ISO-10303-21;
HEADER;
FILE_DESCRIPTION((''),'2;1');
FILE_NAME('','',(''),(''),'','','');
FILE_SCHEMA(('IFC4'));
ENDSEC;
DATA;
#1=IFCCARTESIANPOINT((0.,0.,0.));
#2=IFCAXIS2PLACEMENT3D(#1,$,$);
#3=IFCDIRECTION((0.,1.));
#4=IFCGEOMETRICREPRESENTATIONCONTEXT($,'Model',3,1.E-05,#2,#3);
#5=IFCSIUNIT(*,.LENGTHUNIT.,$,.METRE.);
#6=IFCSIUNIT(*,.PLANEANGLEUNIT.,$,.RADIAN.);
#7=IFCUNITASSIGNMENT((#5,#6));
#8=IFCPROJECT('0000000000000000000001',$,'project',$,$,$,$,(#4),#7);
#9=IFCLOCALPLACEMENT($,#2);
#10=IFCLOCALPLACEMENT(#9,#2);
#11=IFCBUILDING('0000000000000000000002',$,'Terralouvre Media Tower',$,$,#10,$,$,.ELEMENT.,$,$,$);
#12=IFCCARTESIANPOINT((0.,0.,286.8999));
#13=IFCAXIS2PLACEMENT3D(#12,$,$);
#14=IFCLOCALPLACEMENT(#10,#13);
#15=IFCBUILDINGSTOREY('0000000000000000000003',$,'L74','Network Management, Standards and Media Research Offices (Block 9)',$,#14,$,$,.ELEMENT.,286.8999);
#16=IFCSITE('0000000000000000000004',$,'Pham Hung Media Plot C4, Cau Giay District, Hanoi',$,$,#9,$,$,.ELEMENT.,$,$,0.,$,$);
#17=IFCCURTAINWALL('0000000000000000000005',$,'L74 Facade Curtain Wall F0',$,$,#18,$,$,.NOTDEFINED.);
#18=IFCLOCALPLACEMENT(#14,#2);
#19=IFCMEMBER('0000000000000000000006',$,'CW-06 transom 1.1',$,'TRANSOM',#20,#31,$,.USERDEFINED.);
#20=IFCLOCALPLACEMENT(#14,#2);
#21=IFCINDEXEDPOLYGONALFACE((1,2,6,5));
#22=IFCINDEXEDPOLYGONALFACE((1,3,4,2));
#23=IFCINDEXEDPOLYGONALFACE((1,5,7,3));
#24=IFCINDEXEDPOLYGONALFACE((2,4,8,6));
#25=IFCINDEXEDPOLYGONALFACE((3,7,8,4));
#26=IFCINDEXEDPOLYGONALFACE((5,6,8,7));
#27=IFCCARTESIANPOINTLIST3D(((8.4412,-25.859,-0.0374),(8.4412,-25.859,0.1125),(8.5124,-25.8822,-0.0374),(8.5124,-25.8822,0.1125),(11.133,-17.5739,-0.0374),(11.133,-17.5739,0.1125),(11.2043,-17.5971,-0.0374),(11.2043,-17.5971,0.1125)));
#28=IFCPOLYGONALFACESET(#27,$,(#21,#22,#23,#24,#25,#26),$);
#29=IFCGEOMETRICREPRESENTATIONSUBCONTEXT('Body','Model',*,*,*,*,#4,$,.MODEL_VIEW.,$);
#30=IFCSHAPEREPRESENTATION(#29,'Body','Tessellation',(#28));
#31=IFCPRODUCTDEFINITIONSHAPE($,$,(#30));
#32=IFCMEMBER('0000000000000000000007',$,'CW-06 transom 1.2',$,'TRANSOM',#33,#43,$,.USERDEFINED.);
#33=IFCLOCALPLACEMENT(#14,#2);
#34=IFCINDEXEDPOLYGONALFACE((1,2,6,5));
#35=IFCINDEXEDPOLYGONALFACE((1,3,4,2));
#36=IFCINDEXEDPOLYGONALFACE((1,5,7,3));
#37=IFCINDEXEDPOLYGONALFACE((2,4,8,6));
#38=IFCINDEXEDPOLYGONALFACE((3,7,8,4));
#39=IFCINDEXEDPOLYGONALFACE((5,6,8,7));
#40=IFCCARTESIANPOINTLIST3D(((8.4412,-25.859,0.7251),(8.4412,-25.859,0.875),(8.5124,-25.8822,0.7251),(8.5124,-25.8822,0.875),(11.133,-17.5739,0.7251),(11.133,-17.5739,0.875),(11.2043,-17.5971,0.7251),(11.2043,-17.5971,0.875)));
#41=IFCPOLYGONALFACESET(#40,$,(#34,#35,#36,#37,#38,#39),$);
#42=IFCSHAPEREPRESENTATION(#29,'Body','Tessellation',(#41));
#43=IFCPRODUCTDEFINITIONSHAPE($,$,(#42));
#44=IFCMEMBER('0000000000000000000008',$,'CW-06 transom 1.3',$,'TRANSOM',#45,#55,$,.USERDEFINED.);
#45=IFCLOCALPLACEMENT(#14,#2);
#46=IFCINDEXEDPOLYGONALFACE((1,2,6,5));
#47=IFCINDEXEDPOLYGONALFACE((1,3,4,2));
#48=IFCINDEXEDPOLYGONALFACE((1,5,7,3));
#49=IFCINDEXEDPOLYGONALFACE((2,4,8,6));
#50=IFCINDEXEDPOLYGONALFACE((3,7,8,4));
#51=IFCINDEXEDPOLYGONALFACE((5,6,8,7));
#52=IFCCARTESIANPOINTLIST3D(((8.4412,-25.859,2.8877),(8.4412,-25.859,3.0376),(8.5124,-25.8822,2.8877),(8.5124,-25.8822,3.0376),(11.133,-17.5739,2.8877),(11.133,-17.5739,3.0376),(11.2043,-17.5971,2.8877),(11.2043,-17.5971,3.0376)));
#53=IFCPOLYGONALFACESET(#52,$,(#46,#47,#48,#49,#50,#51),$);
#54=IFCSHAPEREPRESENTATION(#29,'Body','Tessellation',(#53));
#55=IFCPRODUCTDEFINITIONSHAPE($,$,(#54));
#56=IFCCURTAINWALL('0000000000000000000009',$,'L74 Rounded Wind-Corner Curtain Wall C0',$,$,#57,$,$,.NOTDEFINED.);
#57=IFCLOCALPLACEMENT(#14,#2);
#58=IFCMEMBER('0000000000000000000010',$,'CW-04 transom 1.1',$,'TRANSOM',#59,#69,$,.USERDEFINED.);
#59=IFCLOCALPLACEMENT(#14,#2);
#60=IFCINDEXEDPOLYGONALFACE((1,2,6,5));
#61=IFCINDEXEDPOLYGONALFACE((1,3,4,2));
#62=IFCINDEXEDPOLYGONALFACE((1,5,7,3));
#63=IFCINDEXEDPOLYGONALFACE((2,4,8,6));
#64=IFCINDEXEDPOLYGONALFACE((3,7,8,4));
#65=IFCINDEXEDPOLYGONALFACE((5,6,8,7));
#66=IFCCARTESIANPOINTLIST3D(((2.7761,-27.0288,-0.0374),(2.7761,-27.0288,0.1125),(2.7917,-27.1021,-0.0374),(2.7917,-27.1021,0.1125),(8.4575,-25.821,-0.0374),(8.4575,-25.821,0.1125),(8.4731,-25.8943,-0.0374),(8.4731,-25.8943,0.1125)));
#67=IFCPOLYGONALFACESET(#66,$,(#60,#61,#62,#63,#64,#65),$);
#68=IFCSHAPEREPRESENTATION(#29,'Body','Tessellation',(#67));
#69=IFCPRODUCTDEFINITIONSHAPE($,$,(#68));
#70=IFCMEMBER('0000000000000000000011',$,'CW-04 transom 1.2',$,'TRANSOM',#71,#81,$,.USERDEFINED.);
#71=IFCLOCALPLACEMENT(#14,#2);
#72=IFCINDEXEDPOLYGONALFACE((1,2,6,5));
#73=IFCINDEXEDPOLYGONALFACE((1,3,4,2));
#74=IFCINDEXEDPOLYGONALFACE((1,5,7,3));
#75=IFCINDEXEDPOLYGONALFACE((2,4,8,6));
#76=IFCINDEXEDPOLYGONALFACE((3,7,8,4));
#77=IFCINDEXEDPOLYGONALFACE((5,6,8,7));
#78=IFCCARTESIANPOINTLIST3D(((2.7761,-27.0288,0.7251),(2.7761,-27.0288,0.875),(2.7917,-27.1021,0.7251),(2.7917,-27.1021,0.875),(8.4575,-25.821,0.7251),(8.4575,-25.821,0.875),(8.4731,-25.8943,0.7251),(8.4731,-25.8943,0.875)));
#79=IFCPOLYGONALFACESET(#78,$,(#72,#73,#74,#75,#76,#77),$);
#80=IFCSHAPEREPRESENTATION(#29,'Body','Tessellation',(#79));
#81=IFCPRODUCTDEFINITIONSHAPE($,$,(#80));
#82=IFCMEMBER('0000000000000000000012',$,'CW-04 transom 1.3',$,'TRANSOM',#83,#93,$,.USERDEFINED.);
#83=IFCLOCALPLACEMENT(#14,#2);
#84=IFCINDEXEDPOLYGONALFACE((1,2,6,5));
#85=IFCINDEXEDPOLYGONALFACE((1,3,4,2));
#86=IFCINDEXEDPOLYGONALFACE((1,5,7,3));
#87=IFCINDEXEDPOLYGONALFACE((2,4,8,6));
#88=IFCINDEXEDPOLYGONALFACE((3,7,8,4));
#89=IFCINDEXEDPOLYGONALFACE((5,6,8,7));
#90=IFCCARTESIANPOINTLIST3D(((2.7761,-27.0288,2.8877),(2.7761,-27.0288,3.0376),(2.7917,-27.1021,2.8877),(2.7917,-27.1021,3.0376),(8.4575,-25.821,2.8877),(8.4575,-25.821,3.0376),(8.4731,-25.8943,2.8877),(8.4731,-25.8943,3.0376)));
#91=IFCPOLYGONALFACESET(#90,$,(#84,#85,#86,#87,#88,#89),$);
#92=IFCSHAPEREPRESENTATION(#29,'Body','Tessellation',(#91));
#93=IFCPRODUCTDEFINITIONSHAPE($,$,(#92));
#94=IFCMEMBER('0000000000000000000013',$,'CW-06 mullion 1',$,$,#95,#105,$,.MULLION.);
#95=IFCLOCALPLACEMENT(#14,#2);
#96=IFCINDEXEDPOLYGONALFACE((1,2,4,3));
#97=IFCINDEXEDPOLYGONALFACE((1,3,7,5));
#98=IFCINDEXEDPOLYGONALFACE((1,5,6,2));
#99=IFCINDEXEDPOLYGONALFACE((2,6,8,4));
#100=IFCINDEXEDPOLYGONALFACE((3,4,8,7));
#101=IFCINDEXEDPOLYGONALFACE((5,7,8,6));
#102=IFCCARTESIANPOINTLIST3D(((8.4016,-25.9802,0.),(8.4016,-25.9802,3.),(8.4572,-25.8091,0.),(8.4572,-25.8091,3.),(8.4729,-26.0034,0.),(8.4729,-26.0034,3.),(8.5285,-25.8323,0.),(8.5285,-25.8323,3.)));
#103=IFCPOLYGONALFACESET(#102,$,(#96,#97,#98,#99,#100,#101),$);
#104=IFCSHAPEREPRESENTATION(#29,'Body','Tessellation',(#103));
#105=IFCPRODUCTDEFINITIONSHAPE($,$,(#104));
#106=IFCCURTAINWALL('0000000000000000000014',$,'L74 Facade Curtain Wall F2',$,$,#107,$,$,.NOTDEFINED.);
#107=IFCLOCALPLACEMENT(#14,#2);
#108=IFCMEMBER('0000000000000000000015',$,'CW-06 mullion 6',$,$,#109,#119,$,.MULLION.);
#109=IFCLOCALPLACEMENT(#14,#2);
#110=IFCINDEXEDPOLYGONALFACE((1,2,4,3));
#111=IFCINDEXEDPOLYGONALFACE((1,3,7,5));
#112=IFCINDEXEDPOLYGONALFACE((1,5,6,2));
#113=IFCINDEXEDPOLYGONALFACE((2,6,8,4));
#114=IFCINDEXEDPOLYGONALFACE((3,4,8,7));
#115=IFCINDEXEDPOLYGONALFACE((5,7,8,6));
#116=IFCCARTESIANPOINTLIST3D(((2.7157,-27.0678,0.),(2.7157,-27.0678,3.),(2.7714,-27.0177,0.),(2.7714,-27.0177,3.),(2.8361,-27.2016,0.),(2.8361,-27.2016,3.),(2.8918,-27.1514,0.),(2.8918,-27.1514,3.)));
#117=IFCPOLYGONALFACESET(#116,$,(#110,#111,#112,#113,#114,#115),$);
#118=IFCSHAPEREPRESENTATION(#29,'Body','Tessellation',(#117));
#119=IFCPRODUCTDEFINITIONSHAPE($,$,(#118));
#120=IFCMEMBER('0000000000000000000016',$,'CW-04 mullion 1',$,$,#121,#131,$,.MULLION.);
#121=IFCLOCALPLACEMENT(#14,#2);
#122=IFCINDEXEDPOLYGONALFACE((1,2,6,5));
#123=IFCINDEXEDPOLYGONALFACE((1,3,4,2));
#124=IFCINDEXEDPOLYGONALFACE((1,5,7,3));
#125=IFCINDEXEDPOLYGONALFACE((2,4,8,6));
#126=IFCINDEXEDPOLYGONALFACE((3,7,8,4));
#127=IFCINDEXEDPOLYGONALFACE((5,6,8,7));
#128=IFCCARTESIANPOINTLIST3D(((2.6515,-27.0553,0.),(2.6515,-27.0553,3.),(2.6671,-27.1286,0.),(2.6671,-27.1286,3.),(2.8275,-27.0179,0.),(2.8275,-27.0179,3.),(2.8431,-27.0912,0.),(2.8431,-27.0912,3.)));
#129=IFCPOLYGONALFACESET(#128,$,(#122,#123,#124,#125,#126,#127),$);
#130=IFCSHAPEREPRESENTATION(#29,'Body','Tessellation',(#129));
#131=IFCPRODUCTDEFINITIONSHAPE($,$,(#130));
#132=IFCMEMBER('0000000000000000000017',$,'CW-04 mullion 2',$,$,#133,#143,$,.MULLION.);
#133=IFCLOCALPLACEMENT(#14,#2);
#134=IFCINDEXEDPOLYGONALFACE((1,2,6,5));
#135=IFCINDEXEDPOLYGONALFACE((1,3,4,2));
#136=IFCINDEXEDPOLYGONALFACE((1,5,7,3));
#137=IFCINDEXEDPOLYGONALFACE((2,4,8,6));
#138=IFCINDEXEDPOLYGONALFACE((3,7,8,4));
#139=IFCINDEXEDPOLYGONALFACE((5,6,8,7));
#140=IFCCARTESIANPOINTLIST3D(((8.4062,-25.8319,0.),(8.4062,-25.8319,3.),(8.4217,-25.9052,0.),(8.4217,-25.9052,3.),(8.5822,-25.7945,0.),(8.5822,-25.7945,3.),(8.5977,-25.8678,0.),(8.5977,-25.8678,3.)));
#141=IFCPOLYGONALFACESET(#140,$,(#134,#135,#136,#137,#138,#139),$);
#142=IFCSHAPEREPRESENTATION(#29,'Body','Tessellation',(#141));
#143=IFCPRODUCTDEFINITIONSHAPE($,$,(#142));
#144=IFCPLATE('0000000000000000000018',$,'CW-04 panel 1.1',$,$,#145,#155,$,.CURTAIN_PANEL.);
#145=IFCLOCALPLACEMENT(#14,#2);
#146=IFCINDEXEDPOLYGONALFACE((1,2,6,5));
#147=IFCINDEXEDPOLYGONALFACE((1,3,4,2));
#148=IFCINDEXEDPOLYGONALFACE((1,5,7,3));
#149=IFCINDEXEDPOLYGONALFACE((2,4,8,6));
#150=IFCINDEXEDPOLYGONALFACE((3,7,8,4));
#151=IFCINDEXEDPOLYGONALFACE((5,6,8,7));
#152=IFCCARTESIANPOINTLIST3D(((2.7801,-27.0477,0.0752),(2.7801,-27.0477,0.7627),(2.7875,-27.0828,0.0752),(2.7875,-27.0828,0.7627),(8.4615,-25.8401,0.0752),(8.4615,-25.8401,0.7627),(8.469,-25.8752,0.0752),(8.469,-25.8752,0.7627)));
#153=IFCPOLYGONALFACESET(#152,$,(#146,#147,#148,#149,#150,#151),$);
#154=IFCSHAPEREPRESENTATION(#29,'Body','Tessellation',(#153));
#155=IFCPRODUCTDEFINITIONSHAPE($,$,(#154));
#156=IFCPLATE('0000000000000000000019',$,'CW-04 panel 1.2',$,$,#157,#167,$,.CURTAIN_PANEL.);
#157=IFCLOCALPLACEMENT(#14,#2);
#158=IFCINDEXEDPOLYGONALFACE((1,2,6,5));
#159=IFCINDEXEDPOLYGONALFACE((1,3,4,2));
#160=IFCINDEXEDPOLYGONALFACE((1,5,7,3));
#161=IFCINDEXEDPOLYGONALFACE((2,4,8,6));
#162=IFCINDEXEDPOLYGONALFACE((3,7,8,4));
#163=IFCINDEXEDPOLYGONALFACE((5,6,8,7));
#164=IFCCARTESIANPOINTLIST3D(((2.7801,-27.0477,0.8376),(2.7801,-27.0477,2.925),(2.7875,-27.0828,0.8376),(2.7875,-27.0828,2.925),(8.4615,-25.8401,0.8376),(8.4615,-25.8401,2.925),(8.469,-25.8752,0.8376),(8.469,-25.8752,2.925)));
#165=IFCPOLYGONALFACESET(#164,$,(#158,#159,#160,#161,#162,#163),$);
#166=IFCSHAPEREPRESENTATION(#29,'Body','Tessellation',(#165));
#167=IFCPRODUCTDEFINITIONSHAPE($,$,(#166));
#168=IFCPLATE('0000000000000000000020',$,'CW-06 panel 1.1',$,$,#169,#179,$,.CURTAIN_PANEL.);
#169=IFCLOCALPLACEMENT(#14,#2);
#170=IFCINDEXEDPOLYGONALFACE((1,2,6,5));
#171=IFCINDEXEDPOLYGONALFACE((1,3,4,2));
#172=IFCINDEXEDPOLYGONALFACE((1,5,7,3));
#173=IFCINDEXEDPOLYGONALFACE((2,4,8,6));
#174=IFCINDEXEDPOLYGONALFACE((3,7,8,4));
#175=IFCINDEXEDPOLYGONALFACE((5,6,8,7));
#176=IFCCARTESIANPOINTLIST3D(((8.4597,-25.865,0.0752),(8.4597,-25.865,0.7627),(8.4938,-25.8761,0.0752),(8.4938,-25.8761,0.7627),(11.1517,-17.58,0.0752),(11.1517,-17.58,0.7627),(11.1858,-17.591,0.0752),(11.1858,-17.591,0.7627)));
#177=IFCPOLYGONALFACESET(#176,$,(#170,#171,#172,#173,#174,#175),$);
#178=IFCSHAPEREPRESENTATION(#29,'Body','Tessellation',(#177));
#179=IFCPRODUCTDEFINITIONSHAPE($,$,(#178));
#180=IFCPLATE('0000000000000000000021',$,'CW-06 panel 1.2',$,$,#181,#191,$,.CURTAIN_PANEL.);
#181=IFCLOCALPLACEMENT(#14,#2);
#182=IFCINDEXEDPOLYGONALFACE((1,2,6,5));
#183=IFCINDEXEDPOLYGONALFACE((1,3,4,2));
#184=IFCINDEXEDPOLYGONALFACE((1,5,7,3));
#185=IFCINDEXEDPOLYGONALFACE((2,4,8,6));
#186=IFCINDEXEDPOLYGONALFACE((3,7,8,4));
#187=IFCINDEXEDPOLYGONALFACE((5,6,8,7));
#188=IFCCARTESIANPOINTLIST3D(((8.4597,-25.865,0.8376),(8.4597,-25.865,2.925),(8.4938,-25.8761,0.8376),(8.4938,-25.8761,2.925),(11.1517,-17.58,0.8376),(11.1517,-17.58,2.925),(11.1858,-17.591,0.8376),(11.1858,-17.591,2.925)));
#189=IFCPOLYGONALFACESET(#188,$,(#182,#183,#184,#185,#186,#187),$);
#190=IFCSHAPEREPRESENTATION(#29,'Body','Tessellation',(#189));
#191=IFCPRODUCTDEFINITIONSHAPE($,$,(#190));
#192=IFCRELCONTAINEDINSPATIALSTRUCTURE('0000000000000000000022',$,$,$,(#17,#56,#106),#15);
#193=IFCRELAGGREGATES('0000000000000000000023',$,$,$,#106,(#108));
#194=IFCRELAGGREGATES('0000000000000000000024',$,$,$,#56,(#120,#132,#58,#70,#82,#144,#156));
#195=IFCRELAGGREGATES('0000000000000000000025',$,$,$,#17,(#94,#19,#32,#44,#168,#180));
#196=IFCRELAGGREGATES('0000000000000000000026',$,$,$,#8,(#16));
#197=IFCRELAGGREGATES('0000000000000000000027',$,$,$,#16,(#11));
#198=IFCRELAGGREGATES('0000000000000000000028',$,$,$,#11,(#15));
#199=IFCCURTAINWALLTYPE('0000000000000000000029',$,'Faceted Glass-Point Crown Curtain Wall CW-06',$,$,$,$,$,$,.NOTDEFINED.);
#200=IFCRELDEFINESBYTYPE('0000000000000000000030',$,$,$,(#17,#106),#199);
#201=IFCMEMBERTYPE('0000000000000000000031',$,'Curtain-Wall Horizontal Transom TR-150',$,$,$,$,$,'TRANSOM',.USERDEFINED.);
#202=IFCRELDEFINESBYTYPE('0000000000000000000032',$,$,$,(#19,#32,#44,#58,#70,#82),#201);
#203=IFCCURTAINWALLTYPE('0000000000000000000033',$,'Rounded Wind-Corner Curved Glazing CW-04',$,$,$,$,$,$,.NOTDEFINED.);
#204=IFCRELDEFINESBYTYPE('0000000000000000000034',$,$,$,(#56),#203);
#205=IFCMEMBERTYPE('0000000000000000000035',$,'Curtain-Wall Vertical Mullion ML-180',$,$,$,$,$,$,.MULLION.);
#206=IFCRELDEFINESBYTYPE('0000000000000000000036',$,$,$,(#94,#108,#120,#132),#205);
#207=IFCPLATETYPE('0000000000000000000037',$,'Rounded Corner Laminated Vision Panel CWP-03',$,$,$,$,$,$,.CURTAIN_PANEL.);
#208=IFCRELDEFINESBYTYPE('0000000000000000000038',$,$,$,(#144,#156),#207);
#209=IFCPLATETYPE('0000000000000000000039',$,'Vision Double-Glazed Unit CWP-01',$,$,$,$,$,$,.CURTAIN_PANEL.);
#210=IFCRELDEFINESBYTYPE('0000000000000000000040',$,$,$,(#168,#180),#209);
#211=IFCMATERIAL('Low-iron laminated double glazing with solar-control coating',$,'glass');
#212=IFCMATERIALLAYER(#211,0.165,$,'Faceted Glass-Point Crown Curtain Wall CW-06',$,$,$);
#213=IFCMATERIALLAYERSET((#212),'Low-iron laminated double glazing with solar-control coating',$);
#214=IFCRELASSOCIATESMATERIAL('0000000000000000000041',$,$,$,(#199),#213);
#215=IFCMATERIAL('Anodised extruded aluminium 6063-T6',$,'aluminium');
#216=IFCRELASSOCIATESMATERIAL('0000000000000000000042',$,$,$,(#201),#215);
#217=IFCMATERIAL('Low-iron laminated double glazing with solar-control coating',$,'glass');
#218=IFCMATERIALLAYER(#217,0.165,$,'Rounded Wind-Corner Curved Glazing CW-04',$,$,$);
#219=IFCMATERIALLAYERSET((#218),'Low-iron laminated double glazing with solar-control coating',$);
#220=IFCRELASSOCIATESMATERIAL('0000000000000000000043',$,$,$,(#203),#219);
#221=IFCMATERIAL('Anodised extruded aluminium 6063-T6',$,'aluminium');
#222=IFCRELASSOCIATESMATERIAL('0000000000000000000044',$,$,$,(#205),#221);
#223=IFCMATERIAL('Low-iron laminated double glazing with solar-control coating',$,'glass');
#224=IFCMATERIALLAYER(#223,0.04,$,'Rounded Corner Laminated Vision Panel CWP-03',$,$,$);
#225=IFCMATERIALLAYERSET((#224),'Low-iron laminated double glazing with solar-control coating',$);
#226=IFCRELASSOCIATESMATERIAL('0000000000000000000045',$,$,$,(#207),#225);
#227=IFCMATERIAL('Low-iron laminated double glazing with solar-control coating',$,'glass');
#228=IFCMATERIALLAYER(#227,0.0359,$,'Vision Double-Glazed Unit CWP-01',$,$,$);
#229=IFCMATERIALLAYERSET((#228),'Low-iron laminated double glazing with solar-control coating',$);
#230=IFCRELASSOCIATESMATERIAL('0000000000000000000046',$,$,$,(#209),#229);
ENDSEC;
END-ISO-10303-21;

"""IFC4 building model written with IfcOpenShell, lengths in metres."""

from ifc_helpers import new_model, si_unit, direction, frame, origin, origin_2d, place, context, subcontext, project, spatial, rectangle, extrude, material, layer, layer_set, material_profile, profile_set, type_object, element, aggregate, save


model = new_model("IFC4")

# Units and contexts
model_context = context("Model", 3, precision=1e-05, world=origin(), true_north=direction((0.0, 1.0)))
body_context = subcontext(model_context, "Body", "Model", "MODEL_VIEW")
ifc_project = project(units=[si_unit("LENGTHUNIT", "METRE"), si_unit("PLANEANGLEUNIT", "RADIAN")], contexts=[model_context])

# Site, building, storey
site_placement = place(None, origin())
site = spatial("IfcSite", under=ifc_project, at=site_placement, Name="Pham Hung Media Plot C4, Cau Giay District, Hanoi", CompositionType="ELEMENT", RefElevation=0.0)
building_placement = place(site_placement, origin())
building = spatial("IfcBuilding", under=site, at=building_placement, Name="Terralouvre Media Tower", CompositionType="ELEMENT")
storey_placement = place(building_placement, frame((0.0, 0.0, 286.8999)))
storey = spatial("IfcBuildingStorey", under=building, at=storey_placement, Name="L74", Description="Network Management, Standards and Media Research Offices (Block 9)", CompositionType="ELEMENT", Elevation=286.8999)

# Curtain walls, members
ifc_material_1 = material(Name="Low-iron laminated double glazing with solar-control coating", Category="glass")
ifc_layer_1 = layer(ifc_material_1, 0.165, Name="Faceted Glass-Point Crown Curtain Wall CW-06")
ifc_layer_set_1 = layer_set([ifc_layer_1], Name="Low-iron laminated double glazing with solar-control coating")
curtain_wall_type_1 = type_object("IfcCurtainWallType", Name="Faceted Glass-Point Crown Curtain Wall CW-06", PredefinedType="NOTDEFINED", material=ifc_layer_set_1)
curtain_wall_1_placement = place(storey_placement, origin())
curtain_wall_1 = element("IfcCurtainWall", 1, at=curtain_wall_1_placement, inside=storey, type_object=curtain_wall_type_1, Name="L74 Facade Curtain Wall F0", PredefinedType="NOTDEFINED")
ifc_material_2 = material(Name="Anodised extruded aluminium 6063-T6", Category="aluminium")
ifc_material_profile_1 = material_profile(ifc_material_2, rectangle(XDim=0.075, YDim=0.1499, at=origin_2d()), Name="ALU 75x150")
ifc_profile_set_1 = profile_set([ifc_material_profile_1], Name="Anodised extruded aluminium 6063-T6")
member_type_1 = type_object("IfcMemberType", Name="Curtain-Wall Horizontal Transom TR-150", ElementType="TRANSOM", PredefinedType="USERDEFINED", material=ifc_profile_set_1)
member_1_placement = place(storey_placement, frame((8.4768, -25.8706, 0.0376), z_axis=(0.309005, 0.95106, 0.0), x_axis=(-0.95106, 0.309005, 0.0)))
member_1 = element("IfcMember", 2, at=member_1_placement, type_object=member_type_1, Name="CW-06 transom 1.1", ObjectType="TRANSOM", PredefinedType="USERDEFINED", context=body_context, shape_type="SweptSolid", body=[
    extrude(rectangle(XDim=0.075, YDim=0.1499, at=origin_2d()), origin(), (0.0, 0.0, 1.0), 8.7114),
])
member_2_placement = place(storey_placement, frame((8.4768, -25.8706, 0.8), z_axis=(0.309005, 0.95106, 0.0), x_axis=(-0.95106, 0.309005, 0.0)))
member_2 = element("IfcMember", 3, at=member_2_placement, type_object=member_type_1, Name="CW-06 transom 1.2", ObjectType="TRANSOM", PredefinedType="USERDEFINED", context=body_context, shape_type="SweptSolid", body=[
    extrude(rectangle(XDim=0.075, YDim=0.1499, at=origin_2d()), origin(), (0.0, 0.0, 1.0), 8.7114),
])
member_3_placement = place(storey_placement, frame((8.4768, -25.8706, 2.9626), z_axis=(0.309005, 0.95106, 0.0), x_axis=(-0.95106, 0.309005, 0.0)))
member_3 = element("IfcMember", 4, at=member_3_placement, type_object=member_type_1, Name="CW-06 transom 1.3", ObjectType="TRANSOM", PredefinedType="USERDEFINED", context=body_context, shape_type="SweptSolid", body=[
    extrude(rectangle(XDim=0.075, YDim=0.1499, at=origin_2d()), origin(), (0.0, 0.0, 1.0), 8.7114),
])
ifc_material_3 = material(Name="Low-iron laminated double glazing with solar-control coating", Category="glass")
ifc_layer_2 = layer(ifc_material_3, 0.165, Name="Rounded Wind-Corner Curved Glazing CW-04")
ifc_layer_set_2 = layer_set([ifc_layer_2], Name="Low-iron laminated double glazing with solar-control coating")
curtain_wall_type_2 = type_object("IfcCurtainWallType", Name="Rounded Wind-Corner Curved Glazing CW-04", PredefinedType="NOTDEFINED", material=ifc_layer_set_2)
curtain_wall_2_placement = place(storey_placement, origin())
curtain_wall_2 = element("IfcCurtainWall", 5, at=curtain_wall_2_placement, inside=storey, type_object=curtain_wall_type_2, Name="L74 Rounded Wind-Corner Curtain Wall C0", PredefinedType="NOTDEFINED")
member_4_placement = place(storey_placement, frame((2.7839, -27.0654, 0.0376), z_axis=(0.978143, 0.207936, 0.0), x_axis=(-0.207936, 0.978143, 0.0)))
member_4 = element("IfcMember", 6, at=member_4_placement, type_object=member_type_1, Name="CW-04 transom 1.1", ObjectType="TRANSOM", PredefinedType="USERDEFINED", context=body_context, shape_type="SweptSolid", body=[
    extrude(rectangle(XDim=0.075, YDim=0.1499, at=origin_2d()), origin(), (0.0, 0.0, 1.0), 5.8083),
])
member_5_placement = place(storey_placement, frame((2.7839, -27.0654, 0.8), z_axis=(0.978143, 0.207936, 0.0), x_axis=(-0.207936, 0.978143, 0.0)))
member_5 = element("IfcMember", 7, at=member_5_placement, type_object=member_type_1, Name="CW-04 transom 1.2", ObjectType="TRANSOM", PredefinedType="USERDEFINED", context=body_context, shape_type="SweptSolid", body=[
    extrude(rectangle(XDim=0.075, YDim=0.1499, at=origin_2d()), origin(), (0.0, 0.0, 1.0), 5.8083),
])
member_6_placement = place(storey_placement, frame((2.7839, -27.0654, 2.9626), z_axis=(0.978143, 0.207936, 0.0), x_axis=(-0.207936, 0.978143, 0.0)))
member_6 = element("IfcMember", 8, at=member_6_placement, type_object=member_type_1, Name="CW-04 transom 1.3", ObjectType="TRANSOM", PredefinedType="USERDEFINED", context=body_context, shape_type="SweptSolid", body=[
    extrude(rectangle(XDim=0.075, YDim=0.1499, at=origin_2d()), origin(), (0.0, 0.0, 1.0), 5.8083),
])

# Member
ifc_material_4 = material(Name="Anodised extruded aluminium 6063-T6", Category="aluminium")
ifc_material_profile_2 = material_profile(ifc_material_4, rectangle(XDim=0.075, YDim=0.1799, at=origin_2d()), Name="ALU 75x180")
ifc_profile_set_2 = profile_set([ifc_material_profile_2], Name="Anodised extruded aluminium 6063-T6")
member_type_2 = type_object("IfcMemberType", Name="Curtain-Wall Vertical Mullion ML-180", PredefinedType="MULLION", material=ifc_profile_set_2)
member_7_placement = place(storey_placement, frame((8.4651, -25.9062, 0.0), z_axis=(0.0, 0.0, 1.0), x_axis=(-0.951057, 0.309017, 0.0)))
member_7 = element("IfcMember", 9, at=member_7_placement, type_object=member_type_2, Name="CW-06 mullion 1", PredefinedType="MULLION", context=body_context, shape_type="SweptSolid", body=[
    extrude(rectangle(XDim=0.075, YDim=0.1799, at=origin_2d()), origin(), (0.0, 0.0, 1.0), 3.0),
])

# Curtain wall, member
curtain_wall_3_placement = place(storey_placement, origin())
curtain_wall_3 = element("IfcCurtainWall", 10, at=curtain_wall_3_placement, inside=storey, type_object=curtain_wall_type_1, Name="L74 Facade Curtain Wall F2", PredefinedType="NOTDEFINED")
member_8_placement = place(storey_placement, frame((2.8037, -27.1096, 0.0), z_axis=(0.0, 0.0, 1.0), x_axis=(0.743145, 0.669131, 0.0)))
member_8 = element("IfcMember", 11, at=member_8_placement, type_object=member_type_2, Name="CW-06 mullion 6", PredefinedType="MULLION", context=body_context, shape_type="SweptSolid", body=[
    extrude(rectangle(XDim=0.075, YDim=0.1799, at=origin_2d()), origin(), (0.0, 0.0, 1.0), 3.0),
])
aggregate(curtain_wall_3, [member_8])

# Members
member_9_placement = place(storey_placement, frame((2.7473, -27.0732, 0.0), z_axis=(0.0, 0.0, 1.0), x_axis=(-0.207912, 0.978148, 0.0)))
member_9 = element("IfcMember", 12, at=member_9_placement, type_object=member_type_2, Name="CW-04 mullion 1", PredefinedType="MULLION", context=body_context, shape_type="SweptSolid", body=[
    extrude(rectangle(XDim=0.075, YDim=0.1799, at=origin_2d()), origin(), (0.0, 0.0, 1.0), 3.0),
])
member_10_placement = place(storey_placement, frame((8.502, -25.8499, 0.0), z_axis=(0.0, 0.0, 1.0), x_axis=(-0.207912, 0.978148, 0.0)))
member_10 = element("IfcMember", 13, at=member_10_placement, type_object=member_type_2, Name="CW-04 mullion 2", PredefinedType="MULLION", context=body_context, shape_type="SweptSolid", body=[
    extrude(rectangle(XDim=0.075, YDim=0.1799, at=origin_2d()), origin(), (0.0, 0.0, 1.0), 3.0),
])

# Plates
ifc_material_5 = material(Name="Low-iron laminated double glazing with solar-control coating", Category="glass")
ifc_layer_3 = layer(ifc_material_5, 0.04, Name="Rounded Corner Laminated Vision Panel CWP-03")
ifc_layer_set_3 = layer_set([ifc_layer_3], Name="Low-iron laminated double glazing with solar-control coating")
plate_type_1 = type_object("IfcPlateType", Name="Rounded Corner Laminated Vision Panel CWP-03", PredefinedType="CURTAIN_PANEL", material=ifc_layer_set_3)
plate_1_placement = place(storey_placement, frame((5.6245, -26.4614, 0.0752), z_axis=(0.0, 0.0, 1.0), x_axis=(0.978148, 0.207912, 0.0)))
plate_1 = element("IfcPlate", 14, at=plate_1_placement, type_object=plate_type_1, Name="CW-04 panel 1.1", PredefinedType="CURTAIN_PANEL", context=body_context, shape_type="SweptSolid", body=[
    extrude(rectangle(XDim=5.8083, YDim=0.0359, at=origin_2d()), origin(), (0.0, 0.0, 1.0), 0.6875),
])
plate_2_placement = place(storey_placement, frame((5.6245, -26.4614, 0.8376), z_axis=(0.0, 0.0, 1.0), x_axis=(0.978148, 0.207912, 0.0)))
plate_2 = element("IfcPlate", 15, at=plate_2_placement, type_object=plate_type_1, Name="CW-04 panel 1.2", PredefinedType="CURTAIN_PANEL", context=body_context, shape_type="SweptSolid", body=[
    extrude(rectangle(XDim=5.8083, YDim=0.0359, at=origin_2d()), origin(), (0.0, 0.0, 1.0), 2.0874),
])
aggregate(curtain_wall_2, [member_9, member_10, member_4, member_5, member_6, plate_1, plate_2])
ifc_material_6 = material(Name="Low-iron laminated double glazing with solar-control coating", Category="glass")
ifc_layer_4 = layer(ifc_material_6, 0.0359, Name="Vision Double-Glazed Unit CWP-01")
ifc_layer_set_4 = layer_set([ifc_layer_4], Name="Low-iron laminated double glazing with solar-control coating")
plate_type_2 = type_object("IfcPlateType", Name="Vision Double-Glazed Unit CWP-01", PredefinedType="CURTAIN_PANEL", material=ifc_layer_set_4)
plate_3_placement = place(storey_placement, frame((9.8228, -21.728, 0.0752), z_axis=(0.0, 0.0, 1.0), x_axis=(0.309017, 0.951057, 0.0)))
plate_3 = element("IfcPlate", 16, at=plate_3_placement, type_object=plate_type_2, Name="CW-06 panel 1.1", PredefinedType="CURTAIN_PANEL", context=body_context, shape_type="SweptSolid", body=[
    extrude(rectangle(XDim=8.7114, YDim=0.0359, at=origin_2d()), origin(), (0.0, 0.0, 1.0), 0.6875),
])
plate_4_placement = place(storey_placement, frame((9.8228, -21.728, 0.8376), z_axis=(0.0, 0.0, 1.0), x_axis=(0.309017, 0.951057, 0.0)))
plate_4 = element("IfcPlate", 17, at=plate_4_placement, type_object=plate_type_2, Name="CW-06 panel 1.2", PredefinedType="CURTAIN_PANEL", context=body_context, shape_type="SweptSolid", body=[
    extrude(rectangle(XDim=8.7114, YDim=0.0359, at=origin_2d()), origin(), (0.0, 0.0, 1.0), 2.0874),
])
aggregate(curtain_wall_1, [member_7, member_1, member_2, member_3, plate_3, plate_4])

save(model, "model.ifc")
